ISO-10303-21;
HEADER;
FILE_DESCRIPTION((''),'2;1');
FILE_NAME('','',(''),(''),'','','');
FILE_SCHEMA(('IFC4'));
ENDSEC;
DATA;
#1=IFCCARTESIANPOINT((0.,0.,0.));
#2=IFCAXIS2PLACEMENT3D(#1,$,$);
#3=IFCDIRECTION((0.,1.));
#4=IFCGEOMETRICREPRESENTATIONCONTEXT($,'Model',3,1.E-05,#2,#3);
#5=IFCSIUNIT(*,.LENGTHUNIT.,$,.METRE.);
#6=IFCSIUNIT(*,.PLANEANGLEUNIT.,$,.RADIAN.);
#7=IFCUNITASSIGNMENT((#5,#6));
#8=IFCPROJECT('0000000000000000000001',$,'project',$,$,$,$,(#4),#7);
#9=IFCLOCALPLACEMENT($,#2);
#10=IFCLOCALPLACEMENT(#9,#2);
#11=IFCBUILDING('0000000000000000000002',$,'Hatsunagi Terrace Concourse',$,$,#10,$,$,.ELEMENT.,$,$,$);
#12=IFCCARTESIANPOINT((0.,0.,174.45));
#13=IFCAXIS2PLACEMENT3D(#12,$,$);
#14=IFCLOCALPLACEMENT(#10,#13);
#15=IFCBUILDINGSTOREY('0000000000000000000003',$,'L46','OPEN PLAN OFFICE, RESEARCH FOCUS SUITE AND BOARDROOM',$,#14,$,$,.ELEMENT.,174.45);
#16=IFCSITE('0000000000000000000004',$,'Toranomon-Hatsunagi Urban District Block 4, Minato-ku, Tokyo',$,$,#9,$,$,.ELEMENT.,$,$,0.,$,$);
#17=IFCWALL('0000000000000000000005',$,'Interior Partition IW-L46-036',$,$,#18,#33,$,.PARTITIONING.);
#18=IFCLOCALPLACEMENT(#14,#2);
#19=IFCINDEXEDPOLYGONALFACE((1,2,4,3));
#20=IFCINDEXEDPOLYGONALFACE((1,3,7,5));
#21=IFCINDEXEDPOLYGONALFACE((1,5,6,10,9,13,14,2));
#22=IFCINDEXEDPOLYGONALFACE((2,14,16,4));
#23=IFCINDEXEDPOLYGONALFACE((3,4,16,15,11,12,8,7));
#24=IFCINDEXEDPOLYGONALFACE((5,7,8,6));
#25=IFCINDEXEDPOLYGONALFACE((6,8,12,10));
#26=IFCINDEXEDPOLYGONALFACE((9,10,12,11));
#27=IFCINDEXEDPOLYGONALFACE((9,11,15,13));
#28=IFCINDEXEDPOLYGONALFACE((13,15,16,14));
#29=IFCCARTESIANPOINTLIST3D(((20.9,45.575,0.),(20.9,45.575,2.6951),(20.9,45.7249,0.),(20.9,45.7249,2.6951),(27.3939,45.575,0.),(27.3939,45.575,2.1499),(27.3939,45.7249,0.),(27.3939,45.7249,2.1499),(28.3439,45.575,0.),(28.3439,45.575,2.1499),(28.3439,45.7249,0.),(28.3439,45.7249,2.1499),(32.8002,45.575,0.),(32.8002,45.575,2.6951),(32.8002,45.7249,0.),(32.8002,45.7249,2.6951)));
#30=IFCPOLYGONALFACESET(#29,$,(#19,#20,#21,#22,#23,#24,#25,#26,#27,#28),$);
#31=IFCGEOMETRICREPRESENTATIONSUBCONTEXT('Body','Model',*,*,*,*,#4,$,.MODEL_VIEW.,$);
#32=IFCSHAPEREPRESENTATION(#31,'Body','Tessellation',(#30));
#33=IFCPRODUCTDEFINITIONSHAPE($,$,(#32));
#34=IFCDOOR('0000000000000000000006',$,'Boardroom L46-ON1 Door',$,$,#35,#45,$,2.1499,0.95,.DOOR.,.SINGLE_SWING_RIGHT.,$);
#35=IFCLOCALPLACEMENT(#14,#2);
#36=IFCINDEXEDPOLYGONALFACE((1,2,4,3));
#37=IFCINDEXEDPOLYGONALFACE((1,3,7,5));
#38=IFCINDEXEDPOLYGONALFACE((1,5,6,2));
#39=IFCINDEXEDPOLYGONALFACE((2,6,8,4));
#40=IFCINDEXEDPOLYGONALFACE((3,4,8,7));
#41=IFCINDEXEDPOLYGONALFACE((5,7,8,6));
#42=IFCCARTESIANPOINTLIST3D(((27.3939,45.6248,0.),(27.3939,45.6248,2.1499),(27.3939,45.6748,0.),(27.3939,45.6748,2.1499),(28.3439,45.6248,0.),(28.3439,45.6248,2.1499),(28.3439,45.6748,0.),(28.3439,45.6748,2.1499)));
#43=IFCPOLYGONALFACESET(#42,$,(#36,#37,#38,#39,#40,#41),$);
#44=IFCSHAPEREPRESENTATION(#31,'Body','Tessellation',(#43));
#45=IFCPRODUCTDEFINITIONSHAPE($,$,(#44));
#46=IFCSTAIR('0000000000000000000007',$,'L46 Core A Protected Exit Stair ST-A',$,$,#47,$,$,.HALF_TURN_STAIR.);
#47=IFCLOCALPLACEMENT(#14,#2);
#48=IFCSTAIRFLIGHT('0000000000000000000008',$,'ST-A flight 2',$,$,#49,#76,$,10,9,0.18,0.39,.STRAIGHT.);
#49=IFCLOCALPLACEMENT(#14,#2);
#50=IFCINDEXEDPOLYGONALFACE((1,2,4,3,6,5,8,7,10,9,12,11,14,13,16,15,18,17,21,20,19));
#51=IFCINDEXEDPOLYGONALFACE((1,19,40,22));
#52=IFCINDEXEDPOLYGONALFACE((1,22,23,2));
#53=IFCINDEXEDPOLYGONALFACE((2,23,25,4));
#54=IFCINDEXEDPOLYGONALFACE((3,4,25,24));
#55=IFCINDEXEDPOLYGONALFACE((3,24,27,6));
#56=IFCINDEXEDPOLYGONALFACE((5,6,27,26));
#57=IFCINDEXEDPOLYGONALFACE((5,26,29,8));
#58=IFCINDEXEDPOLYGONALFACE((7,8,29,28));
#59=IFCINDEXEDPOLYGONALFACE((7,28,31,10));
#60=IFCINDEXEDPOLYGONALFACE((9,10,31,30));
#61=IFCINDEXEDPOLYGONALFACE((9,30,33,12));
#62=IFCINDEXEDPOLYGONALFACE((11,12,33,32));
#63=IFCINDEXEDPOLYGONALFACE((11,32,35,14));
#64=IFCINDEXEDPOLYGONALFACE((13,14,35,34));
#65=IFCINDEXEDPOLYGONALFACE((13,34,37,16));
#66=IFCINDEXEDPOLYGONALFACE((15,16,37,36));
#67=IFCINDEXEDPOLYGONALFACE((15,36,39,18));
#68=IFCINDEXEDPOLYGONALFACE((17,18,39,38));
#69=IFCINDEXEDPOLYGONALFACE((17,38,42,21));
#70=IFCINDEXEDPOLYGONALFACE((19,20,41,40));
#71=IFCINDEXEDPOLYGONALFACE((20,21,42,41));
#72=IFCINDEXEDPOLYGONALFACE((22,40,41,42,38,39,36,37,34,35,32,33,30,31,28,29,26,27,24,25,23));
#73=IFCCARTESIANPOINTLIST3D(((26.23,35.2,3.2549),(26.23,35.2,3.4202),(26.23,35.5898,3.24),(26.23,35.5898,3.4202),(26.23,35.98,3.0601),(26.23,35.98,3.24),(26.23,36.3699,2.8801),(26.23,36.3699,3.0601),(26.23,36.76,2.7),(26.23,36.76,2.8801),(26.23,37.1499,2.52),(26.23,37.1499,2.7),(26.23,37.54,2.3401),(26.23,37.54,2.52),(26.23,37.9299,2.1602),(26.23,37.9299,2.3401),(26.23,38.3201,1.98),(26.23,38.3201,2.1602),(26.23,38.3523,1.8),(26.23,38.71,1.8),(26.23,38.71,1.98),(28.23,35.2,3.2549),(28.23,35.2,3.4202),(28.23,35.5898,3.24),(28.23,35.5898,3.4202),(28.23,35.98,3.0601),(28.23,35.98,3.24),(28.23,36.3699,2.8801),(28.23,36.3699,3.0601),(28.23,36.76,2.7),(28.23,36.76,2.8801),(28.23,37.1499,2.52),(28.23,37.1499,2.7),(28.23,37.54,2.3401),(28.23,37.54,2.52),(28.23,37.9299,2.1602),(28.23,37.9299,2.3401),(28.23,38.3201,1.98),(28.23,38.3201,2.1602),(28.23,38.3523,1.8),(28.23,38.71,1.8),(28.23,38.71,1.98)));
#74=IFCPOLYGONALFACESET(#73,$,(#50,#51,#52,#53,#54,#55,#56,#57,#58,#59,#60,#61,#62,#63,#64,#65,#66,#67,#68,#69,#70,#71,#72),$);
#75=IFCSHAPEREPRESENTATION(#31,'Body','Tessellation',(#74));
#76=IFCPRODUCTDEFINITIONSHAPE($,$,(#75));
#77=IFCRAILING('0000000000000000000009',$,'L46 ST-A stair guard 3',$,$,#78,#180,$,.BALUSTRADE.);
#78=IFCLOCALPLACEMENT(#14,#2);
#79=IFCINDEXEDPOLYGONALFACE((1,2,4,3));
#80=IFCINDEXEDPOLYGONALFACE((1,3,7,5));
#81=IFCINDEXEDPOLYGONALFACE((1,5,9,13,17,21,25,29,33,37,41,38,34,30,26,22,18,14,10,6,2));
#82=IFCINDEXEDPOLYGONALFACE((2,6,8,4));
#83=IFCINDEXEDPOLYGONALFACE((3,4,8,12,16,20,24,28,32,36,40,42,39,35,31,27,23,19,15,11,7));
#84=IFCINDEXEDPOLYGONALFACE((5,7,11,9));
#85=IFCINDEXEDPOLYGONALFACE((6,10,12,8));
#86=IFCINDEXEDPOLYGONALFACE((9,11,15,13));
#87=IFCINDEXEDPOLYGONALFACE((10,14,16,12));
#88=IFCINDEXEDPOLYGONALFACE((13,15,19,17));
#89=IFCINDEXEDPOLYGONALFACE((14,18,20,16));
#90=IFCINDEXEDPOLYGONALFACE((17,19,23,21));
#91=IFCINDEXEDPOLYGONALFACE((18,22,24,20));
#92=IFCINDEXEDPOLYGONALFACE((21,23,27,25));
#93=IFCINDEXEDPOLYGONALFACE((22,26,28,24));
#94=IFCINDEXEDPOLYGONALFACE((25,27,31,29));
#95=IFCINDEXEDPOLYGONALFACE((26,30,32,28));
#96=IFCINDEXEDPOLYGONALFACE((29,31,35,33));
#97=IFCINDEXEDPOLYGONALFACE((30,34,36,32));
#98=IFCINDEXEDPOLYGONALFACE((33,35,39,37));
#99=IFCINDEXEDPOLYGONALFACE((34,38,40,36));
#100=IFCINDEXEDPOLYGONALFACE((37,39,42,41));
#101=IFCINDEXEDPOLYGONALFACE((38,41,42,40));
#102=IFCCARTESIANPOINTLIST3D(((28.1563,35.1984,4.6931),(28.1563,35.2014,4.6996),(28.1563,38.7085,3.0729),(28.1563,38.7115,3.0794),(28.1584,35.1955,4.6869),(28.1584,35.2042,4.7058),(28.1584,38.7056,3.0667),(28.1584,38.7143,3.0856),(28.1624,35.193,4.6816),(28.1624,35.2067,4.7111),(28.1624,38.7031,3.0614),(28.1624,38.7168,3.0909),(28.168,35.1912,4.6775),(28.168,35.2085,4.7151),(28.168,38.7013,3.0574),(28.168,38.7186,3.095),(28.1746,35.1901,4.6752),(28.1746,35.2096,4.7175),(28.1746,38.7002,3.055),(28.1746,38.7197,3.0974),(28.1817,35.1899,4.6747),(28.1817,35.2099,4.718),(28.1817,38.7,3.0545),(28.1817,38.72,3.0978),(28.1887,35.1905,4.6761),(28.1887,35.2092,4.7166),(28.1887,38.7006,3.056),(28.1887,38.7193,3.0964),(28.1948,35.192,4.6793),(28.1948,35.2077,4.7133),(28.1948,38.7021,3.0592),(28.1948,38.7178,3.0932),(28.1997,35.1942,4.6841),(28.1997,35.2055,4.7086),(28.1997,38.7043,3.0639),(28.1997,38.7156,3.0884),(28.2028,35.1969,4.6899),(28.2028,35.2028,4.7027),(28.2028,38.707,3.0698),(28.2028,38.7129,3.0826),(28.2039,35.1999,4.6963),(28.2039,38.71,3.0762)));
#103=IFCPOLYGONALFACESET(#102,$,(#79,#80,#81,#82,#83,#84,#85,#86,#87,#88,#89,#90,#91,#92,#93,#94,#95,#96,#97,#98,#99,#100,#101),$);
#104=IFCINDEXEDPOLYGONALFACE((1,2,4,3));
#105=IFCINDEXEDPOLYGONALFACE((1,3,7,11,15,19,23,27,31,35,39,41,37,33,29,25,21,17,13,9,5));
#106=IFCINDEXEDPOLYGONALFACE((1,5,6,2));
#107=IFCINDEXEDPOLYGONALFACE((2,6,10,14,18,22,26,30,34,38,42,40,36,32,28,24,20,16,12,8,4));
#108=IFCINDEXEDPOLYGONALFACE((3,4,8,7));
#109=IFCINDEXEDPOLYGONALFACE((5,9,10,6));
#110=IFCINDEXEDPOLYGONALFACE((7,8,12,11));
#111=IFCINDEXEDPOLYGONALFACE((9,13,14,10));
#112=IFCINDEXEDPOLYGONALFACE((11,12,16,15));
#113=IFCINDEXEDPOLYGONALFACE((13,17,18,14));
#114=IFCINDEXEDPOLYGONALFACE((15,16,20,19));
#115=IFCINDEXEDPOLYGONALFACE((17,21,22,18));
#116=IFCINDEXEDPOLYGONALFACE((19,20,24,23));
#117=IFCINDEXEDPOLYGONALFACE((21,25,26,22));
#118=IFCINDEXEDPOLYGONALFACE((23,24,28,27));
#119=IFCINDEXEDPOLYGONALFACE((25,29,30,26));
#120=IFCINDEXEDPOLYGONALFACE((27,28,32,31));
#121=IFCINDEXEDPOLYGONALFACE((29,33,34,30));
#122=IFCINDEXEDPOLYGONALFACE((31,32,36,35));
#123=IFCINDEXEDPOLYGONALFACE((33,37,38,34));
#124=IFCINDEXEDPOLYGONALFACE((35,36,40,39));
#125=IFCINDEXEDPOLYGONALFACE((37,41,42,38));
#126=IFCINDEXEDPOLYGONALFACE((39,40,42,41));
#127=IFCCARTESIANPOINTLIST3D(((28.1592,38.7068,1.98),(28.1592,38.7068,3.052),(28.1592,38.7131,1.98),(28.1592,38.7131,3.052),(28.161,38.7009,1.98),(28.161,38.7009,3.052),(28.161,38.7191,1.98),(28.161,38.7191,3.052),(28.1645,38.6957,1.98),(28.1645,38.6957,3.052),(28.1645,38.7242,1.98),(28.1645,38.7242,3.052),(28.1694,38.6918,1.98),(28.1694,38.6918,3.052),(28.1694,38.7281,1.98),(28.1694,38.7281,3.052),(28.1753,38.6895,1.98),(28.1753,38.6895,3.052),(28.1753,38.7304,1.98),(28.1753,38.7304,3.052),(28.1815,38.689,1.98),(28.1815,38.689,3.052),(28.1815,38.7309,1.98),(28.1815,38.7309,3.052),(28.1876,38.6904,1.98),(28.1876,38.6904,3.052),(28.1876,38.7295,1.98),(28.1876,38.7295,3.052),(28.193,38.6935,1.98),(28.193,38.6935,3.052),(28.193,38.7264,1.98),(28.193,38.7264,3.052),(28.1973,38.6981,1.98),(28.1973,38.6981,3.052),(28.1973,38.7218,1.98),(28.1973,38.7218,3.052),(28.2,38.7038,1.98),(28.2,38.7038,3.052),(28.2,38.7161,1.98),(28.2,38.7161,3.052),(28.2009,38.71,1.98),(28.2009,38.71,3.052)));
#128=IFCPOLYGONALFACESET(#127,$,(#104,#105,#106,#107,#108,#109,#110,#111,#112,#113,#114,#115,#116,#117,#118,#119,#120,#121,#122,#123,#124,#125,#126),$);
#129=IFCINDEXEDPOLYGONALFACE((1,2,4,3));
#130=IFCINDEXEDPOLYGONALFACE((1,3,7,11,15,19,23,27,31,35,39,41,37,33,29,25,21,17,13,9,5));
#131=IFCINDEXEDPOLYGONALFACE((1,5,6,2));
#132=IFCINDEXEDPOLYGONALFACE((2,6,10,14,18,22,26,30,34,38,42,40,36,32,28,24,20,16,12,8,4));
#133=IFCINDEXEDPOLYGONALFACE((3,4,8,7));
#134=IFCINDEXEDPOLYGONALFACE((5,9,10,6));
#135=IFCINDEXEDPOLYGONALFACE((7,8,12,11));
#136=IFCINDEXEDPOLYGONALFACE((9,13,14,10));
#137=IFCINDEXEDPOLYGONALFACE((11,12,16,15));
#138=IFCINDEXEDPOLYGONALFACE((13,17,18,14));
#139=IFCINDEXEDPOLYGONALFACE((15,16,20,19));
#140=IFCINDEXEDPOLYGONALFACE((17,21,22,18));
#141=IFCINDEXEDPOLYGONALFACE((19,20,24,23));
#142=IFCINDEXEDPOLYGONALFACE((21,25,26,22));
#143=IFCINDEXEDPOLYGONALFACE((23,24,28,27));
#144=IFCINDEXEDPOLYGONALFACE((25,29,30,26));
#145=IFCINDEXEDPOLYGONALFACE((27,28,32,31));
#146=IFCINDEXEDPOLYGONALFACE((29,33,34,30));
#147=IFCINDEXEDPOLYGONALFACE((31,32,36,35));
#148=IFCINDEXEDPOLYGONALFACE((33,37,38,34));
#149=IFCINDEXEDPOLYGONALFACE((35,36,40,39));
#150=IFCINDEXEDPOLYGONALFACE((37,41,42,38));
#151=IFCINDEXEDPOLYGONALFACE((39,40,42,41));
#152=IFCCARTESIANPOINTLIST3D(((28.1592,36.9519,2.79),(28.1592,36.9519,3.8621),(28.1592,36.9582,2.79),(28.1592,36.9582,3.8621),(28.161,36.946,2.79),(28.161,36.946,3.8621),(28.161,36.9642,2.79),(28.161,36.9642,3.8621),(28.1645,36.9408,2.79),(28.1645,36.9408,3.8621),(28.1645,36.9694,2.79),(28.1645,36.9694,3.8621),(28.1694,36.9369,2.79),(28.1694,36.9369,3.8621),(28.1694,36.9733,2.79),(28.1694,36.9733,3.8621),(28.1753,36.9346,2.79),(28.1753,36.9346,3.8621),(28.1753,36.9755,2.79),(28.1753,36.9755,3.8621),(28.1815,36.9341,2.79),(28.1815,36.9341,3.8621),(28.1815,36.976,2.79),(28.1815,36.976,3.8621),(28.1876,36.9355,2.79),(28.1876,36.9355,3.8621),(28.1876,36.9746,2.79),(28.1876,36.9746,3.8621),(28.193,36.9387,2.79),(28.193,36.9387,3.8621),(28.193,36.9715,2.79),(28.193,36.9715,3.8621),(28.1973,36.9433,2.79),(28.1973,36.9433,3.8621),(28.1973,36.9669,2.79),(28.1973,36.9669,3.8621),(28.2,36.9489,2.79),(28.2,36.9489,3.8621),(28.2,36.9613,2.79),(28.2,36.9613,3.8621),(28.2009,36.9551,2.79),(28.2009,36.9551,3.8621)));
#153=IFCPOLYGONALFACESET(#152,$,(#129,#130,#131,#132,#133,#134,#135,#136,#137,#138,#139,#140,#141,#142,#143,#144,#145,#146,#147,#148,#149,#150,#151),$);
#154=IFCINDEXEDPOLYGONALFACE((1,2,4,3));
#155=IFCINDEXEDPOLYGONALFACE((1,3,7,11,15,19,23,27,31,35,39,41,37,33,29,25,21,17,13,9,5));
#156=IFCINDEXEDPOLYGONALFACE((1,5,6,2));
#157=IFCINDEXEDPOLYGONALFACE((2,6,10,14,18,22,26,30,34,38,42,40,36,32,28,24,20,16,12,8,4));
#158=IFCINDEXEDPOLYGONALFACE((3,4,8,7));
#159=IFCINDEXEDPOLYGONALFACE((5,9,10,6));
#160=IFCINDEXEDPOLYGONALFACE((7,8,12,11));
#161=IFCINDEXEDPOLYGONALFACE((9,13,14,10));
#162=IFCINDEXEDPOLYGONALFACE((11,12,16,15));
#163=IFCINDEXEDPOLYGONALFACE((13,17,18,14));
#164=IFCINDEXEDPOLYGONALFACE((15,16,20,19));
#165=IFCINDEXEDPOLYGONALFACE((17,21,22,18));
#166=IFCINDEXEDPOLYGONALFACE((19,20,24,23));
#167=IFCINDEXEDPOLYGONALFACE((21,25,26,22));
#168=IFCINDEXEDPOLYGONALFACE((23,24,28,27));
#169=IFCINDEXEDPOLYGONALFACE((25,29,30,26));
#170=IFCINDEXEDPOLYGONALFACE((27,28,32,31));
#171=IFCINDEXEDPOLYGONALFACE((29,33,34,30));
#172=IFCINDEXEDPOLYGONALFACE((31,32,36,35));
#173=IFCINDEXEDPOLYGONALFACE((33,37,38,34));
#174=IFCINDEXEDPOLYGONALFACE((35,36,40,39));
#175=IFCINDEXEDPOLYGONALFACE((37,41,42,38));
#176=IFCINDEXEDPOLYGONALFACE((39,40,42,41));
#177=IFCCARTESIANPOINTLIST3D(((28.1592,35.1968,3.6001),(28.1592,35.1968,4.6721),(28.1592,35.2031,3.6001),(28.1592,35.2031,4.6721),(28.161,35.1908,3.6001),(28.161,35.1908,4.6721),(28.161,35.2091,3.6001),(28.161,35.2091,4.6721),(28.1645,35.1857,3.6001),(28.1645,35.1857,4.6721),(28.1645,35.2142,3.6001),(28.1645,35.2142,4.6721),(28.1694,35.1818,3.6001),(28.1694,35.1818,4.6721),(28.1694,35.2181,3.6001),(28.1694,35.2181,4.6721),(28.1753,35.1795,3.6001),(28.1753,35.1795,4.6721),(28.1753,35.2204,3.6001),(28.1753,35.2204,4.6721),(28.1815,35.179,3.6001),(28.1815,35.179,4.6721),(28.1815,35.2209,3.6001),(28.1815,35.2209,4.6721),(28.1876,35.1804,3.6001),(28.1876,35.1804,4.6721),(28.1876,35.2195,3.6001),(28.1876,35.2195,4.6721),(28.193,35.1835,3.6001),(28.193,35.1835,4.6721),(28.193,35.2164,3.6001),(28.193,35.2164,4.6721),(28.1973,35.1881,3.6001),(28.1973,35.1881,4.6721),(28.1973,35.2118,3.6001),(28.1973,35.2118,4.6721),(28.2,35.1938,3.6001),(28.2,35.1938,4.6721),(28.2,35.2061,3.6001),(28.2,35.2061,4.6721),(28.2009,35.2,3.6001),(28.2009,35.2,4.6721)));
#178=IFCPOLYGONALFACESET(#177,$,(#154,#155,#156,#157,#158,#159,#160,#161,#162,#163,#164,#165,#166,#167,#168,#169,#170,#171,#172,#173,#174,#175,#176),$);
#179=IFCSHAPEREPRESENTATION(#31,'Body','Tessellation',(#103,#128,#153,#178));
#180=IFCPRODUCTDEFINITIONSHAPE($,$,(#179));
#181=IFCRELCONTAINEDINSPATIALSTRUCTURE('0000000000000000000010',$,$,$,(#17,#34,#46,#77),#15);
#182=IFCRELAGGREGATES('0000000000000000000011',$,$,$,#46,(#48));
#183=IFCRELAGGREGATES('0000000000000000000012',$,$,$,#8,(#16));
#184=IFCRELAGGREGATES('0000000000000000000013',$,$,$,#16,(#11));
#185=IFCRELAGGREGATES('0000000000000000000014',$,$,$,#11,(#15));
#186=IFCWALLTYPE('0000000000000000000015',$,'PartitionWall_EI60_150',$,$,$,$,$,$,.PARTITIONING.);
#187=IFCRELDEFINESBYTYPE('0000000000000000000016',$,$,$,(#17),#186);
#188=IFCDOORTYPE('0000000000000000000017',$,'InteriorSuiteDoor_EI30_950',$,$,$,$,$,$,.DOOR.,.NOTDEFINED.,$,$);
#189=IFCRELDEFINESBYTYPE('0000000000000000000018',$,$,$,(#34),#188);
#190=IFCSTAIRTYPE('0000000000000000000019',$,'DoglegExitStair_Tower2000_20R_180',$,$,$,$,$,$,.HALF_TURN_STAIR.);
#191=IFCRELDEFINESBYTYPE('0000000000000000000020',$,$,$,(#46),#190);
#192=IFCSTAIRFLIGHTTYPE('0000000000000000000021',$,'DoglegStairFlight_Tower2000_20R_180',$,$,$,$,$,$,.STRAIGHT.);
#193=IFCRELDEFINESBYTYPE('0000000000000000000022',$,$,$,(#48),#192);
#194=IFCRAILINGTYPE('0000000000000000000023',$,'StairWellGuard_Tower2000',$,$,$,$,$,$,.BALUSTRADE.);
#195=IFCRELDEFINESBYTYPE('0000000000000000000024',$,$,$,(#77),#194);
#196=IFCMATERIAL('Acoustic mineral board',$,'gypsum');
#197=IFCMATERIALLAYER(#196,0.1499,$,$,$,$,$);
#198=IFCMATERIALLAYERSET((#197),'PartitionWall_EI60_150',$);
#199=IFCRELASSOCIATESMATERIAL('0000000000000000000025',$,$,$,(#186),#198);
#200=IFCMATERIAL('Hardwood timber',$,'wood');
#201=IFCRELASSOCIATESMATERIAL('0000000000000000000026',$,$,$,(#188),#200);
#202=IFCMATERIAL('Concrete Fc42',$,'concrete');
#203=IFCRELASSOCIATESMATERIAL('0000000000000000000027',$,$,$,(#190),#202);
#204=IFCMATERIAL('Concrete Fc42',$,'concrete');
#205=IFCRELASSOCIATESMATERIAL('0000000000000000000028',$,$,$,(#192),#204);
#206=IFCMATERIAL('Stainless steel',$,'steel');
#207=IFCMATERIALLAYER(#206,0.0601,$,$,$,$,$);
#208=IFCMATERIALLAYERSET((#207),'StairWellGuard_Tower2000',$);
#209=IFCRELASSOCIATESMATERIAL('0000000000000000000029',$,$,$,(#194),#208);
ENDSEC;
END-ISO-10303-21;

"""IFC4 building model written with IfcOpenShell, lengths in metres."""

from ifc_helpers import new_model, si_unit, direction, frame, frame_2d, origin, origin_2d, place, context, subcontext, project, spatial, polyline, rectangle, circle, outline, extrude, material, layer, layer_set, type_object, element, fill, aggregate, save


model = new_model("IFC4")

# Units and contexts
model_context = context("Model", 3, precision=1e-05, world=origin(), true_north=direction((0.0, 1.0)))
body_context = subcontext(model_context, "Body", "Model", "MODEL_VIEW")
ifc_project = project(units=[si_unit("LENGTHUNIT", "METRE"), si_unit("PLANEANGLEUNIT", "RADIAN")], contexts=[model_context])

# Site, building, storey
site_placement = place(None, origin())
site = spatial("IfcSite", under=ifc_project, at=site_placement, Name="Toranomon-Hatsunagi Urban District Block 4, Minato-ku, Tokyo", CompositionType="ELEMENT", RefElevation=0.0)
building_placement = place(site_placement, origin())
building = spatial("IfcBuilding", under=site, at=building_placement, Name="Hatsunagi Terrace Concourse", CompositionType="ELEMENT")
storey_placement = place(building_placement, frame((0.0, 0.0, 174.45)))
storey = spatial("IfcBuildingStorey", under=building, at=storey_placement, Name="L46", Description="OPEN PLAN OFFICE, RESEARCH FOCUS SUITE AND BOARDROOM", CompositionType="ELEMENT", Elevation=174.45)

# Shared definitions
ifc_material_1 = material(Name="Acoustic mineral board", Category="gypsum")
ifc_layer_1 = layer(ifc_material_1, 0.1499)
ifc_layer_set_1 = layer_set([ifc_layer_1], Name="PartitionWall_EI60_150")
wall_type_1 = type_object("IfcWallType", Name="PartitionWall_EI60_150", PredefinedType="PARTITIONING", material=ifc_layer_set_1)

# Wall, opening, door
wall_1_placement = place(storey_placement, frame((20.8999, 45.6499, 0.0), z_axis=(0.0, 0.0, 1.0), x_axis=(1.0, 0.0, 0.0)))
wall_1 = element("IfcWall", 1, at=wall_1_placement, inside=storey, type_object=wall_type_1, Name="Interior Partition IW-L46-036", PredefinedType="PARTITIONING", context=body_context, shape_type="SweptSolid", body=[
    extrude(rectangle(XDim=11.9001, YDim=0.1499, at=frame_2d((5.9502, 0.0))), origin(), (0.0, 0.0, 1.0), 2.6951),
])
opening_placement = place(wall_1_placement, frame((6.4939, 0.0, 0.0)))
opening = element("IfcOpeningElement", 2, at=opening_placement, cuts=wall_1, PredefinedType="OPENING", context=body_context, shape_type="SweptSolid", body=[
    extrude(rectangle(XDim=0.95, YDim=2.1499, at=frame_2d((0.4751, 1.075))), frame((0.0, 0.085, 0.0), z_axis=(0.0, -1.0, 0.0), x_axis=(1.0, 0.0, 0.0)), (0.0, 0.0, 1.0), 0.1699),
])
ifc_material_2 = material(Name="Hardwood timber", Category="wood")
door_type = type_object("IfcDoorType", Name="InteriorSuiteDoor_EI30_950", OperationType="NOTDEFINED", PredefinedType="DOOR", material=ifc_material_2)
door_placement = place(opening_placement, origin())
door = element("IfcDoor", 3, at=door_placement, inside=storey, type_object=door_type, Name="Boardroom L46-ON1 Door", OperationType="SINGLE_SWING_RIGHT", OverallHeight=2.1499, OverallWidth=0.95, PredefinedType="DOOR", context=body_context, shape_type="SweptSolid", body=[
    extrude(rectangle(XDim=0.95, YDim=2.1499, at=frame_2d((0.4751, 1.075))), frame((0.0, 0.0249, 0.0), z_axis=(0.0, -1.0, 0.0), x_axis=(1.0, 0.0, 0.0)), (0.0, 0.0, 1.0), 0.05),
])
fill(opening, door)

# Stair, stair flight
ifc_material_3 = material(Name="Concrete Fc42", Category="concrete")
stair_type = type_object("IfcStairType", Name="DoglegExitStair_Tower2000_20R_180", PredefinedType="HALF_TURN_STAIR", material=ifc_material_3)
stair_placement = place(storey_placement, origin())
stair = element("IfcStair", 4, at=stair_placement, inside=storey, type_object=stair_type, Name="L46 Core A Protected Exit Stair ST-A", PredefinedType="HALF_TURN_STAIR")
ifc_material_4 = material(Name="Concrete Fc42", Category="concrete")
stair_flight_type = type_object("IfcStairFlightType", Name="DoglegStairFlight_Tower2000_20R_180", PredefinedType="STRAIGHT", material=ifc_material_4)
stair_flight_placement = place(storey_placement, frame((27.23, 38.71, 1.8), z_axis=(0.0, 0.0, 1.0), x_axis=(0.0, -1.0, 0.0)))
stair_flight = element("IfcStairFlight", 5, at=stair_flight_placement, type_object=stair_flight_type, Name="ST-A flight 2", NumberOfRisers=10, NumberOfTreads=9, PredefinedType="STRAIGHT", RiserHeight=0.18, TreadLength=0.39, context=body_context, shape_type="SweptSolid", body=[
    extrude(outline(polyline([(0.0, 0.0), (0.0, 0.1799), (0.3899, 0.1799), (0.3899, 0.3601), (0.78, 0.3601), (0.78, 0.54), (1.1699, 0.54), (1.1699, 0.72), (1.5601, 0.72), (1.5601, 0.8999), (1.95, 0.8999), (1.95, 1.0801), (2.3401, 1.0801), (2.3401, 1.26), (2.73, 1.26), (2.73, 1.4399), (3.1201, 1.4399), (3.1201, 1.6201), (3.51, 1.6201), (3.51, 1.8), (3.51, 1.4548), (0.3577, 0.0), (0.0, 0.0)])), frame((0.0, 1.0, 0.0), z_axis=(0.0, -1.0, 0.0), x_axis=(1.0, 0.0, 0.0)), (0.0, 0.0, 1.0), 2.0),
])
aggregate(stair, [stair_flight])

# Railing
ifc_material_5 = material(Name="Stainless steel", Category="steel")
ifc_layer_2 = layer(ifc_material_5, 0.0601)
ifc_layer_set_2 = layer_set([ifc_layer_2], Name="StairWellGuard_Tower2000")
railing_type = type_object("IfcRailingType", Name="StairWellGuard_Tower2000", PredefinedType="BALUSTRADE", material=ifc_layer_set_2)
railing_placement = place(storey_placement, frame((28.1799, 38.71, 1.98)))
element("IfcRailing", 6, at=railing_placement, inside=storey, type_object=railing_type, Name="L46 ST-A stair guard 3", PredefinedType="BALUSTRADE", context=body_context, shape_type="SweptSolid", body=[
    extrude(circle(Radius=0.0239, at=origin_2d()), frame((0.0, 0.0, 1.0962), z_axis=(0.0, -0.907948, 0.419082), x_axis=(1.0, 0.0, 0.0)), (0.0, 0.0, 1.0), 3.866),
    extrude(circle(Radius=0.021, at=origin_2d()), origin(), (0.0, 0.0, 1.0), 1.072),
    extrude(circle(Radius=0.021, at=origin_2d()), frame((0.0, -1.7549, 0.8101)), (0.0, 0.0, 1.0), 1.072),
    extrude(circle(Radius=0.021, at=origin_2d()), frame((0.0, -3.51, 1.6201)), (0.0, 0.0, 1.0), 1.072),
])

save(model, "model.ifc")
